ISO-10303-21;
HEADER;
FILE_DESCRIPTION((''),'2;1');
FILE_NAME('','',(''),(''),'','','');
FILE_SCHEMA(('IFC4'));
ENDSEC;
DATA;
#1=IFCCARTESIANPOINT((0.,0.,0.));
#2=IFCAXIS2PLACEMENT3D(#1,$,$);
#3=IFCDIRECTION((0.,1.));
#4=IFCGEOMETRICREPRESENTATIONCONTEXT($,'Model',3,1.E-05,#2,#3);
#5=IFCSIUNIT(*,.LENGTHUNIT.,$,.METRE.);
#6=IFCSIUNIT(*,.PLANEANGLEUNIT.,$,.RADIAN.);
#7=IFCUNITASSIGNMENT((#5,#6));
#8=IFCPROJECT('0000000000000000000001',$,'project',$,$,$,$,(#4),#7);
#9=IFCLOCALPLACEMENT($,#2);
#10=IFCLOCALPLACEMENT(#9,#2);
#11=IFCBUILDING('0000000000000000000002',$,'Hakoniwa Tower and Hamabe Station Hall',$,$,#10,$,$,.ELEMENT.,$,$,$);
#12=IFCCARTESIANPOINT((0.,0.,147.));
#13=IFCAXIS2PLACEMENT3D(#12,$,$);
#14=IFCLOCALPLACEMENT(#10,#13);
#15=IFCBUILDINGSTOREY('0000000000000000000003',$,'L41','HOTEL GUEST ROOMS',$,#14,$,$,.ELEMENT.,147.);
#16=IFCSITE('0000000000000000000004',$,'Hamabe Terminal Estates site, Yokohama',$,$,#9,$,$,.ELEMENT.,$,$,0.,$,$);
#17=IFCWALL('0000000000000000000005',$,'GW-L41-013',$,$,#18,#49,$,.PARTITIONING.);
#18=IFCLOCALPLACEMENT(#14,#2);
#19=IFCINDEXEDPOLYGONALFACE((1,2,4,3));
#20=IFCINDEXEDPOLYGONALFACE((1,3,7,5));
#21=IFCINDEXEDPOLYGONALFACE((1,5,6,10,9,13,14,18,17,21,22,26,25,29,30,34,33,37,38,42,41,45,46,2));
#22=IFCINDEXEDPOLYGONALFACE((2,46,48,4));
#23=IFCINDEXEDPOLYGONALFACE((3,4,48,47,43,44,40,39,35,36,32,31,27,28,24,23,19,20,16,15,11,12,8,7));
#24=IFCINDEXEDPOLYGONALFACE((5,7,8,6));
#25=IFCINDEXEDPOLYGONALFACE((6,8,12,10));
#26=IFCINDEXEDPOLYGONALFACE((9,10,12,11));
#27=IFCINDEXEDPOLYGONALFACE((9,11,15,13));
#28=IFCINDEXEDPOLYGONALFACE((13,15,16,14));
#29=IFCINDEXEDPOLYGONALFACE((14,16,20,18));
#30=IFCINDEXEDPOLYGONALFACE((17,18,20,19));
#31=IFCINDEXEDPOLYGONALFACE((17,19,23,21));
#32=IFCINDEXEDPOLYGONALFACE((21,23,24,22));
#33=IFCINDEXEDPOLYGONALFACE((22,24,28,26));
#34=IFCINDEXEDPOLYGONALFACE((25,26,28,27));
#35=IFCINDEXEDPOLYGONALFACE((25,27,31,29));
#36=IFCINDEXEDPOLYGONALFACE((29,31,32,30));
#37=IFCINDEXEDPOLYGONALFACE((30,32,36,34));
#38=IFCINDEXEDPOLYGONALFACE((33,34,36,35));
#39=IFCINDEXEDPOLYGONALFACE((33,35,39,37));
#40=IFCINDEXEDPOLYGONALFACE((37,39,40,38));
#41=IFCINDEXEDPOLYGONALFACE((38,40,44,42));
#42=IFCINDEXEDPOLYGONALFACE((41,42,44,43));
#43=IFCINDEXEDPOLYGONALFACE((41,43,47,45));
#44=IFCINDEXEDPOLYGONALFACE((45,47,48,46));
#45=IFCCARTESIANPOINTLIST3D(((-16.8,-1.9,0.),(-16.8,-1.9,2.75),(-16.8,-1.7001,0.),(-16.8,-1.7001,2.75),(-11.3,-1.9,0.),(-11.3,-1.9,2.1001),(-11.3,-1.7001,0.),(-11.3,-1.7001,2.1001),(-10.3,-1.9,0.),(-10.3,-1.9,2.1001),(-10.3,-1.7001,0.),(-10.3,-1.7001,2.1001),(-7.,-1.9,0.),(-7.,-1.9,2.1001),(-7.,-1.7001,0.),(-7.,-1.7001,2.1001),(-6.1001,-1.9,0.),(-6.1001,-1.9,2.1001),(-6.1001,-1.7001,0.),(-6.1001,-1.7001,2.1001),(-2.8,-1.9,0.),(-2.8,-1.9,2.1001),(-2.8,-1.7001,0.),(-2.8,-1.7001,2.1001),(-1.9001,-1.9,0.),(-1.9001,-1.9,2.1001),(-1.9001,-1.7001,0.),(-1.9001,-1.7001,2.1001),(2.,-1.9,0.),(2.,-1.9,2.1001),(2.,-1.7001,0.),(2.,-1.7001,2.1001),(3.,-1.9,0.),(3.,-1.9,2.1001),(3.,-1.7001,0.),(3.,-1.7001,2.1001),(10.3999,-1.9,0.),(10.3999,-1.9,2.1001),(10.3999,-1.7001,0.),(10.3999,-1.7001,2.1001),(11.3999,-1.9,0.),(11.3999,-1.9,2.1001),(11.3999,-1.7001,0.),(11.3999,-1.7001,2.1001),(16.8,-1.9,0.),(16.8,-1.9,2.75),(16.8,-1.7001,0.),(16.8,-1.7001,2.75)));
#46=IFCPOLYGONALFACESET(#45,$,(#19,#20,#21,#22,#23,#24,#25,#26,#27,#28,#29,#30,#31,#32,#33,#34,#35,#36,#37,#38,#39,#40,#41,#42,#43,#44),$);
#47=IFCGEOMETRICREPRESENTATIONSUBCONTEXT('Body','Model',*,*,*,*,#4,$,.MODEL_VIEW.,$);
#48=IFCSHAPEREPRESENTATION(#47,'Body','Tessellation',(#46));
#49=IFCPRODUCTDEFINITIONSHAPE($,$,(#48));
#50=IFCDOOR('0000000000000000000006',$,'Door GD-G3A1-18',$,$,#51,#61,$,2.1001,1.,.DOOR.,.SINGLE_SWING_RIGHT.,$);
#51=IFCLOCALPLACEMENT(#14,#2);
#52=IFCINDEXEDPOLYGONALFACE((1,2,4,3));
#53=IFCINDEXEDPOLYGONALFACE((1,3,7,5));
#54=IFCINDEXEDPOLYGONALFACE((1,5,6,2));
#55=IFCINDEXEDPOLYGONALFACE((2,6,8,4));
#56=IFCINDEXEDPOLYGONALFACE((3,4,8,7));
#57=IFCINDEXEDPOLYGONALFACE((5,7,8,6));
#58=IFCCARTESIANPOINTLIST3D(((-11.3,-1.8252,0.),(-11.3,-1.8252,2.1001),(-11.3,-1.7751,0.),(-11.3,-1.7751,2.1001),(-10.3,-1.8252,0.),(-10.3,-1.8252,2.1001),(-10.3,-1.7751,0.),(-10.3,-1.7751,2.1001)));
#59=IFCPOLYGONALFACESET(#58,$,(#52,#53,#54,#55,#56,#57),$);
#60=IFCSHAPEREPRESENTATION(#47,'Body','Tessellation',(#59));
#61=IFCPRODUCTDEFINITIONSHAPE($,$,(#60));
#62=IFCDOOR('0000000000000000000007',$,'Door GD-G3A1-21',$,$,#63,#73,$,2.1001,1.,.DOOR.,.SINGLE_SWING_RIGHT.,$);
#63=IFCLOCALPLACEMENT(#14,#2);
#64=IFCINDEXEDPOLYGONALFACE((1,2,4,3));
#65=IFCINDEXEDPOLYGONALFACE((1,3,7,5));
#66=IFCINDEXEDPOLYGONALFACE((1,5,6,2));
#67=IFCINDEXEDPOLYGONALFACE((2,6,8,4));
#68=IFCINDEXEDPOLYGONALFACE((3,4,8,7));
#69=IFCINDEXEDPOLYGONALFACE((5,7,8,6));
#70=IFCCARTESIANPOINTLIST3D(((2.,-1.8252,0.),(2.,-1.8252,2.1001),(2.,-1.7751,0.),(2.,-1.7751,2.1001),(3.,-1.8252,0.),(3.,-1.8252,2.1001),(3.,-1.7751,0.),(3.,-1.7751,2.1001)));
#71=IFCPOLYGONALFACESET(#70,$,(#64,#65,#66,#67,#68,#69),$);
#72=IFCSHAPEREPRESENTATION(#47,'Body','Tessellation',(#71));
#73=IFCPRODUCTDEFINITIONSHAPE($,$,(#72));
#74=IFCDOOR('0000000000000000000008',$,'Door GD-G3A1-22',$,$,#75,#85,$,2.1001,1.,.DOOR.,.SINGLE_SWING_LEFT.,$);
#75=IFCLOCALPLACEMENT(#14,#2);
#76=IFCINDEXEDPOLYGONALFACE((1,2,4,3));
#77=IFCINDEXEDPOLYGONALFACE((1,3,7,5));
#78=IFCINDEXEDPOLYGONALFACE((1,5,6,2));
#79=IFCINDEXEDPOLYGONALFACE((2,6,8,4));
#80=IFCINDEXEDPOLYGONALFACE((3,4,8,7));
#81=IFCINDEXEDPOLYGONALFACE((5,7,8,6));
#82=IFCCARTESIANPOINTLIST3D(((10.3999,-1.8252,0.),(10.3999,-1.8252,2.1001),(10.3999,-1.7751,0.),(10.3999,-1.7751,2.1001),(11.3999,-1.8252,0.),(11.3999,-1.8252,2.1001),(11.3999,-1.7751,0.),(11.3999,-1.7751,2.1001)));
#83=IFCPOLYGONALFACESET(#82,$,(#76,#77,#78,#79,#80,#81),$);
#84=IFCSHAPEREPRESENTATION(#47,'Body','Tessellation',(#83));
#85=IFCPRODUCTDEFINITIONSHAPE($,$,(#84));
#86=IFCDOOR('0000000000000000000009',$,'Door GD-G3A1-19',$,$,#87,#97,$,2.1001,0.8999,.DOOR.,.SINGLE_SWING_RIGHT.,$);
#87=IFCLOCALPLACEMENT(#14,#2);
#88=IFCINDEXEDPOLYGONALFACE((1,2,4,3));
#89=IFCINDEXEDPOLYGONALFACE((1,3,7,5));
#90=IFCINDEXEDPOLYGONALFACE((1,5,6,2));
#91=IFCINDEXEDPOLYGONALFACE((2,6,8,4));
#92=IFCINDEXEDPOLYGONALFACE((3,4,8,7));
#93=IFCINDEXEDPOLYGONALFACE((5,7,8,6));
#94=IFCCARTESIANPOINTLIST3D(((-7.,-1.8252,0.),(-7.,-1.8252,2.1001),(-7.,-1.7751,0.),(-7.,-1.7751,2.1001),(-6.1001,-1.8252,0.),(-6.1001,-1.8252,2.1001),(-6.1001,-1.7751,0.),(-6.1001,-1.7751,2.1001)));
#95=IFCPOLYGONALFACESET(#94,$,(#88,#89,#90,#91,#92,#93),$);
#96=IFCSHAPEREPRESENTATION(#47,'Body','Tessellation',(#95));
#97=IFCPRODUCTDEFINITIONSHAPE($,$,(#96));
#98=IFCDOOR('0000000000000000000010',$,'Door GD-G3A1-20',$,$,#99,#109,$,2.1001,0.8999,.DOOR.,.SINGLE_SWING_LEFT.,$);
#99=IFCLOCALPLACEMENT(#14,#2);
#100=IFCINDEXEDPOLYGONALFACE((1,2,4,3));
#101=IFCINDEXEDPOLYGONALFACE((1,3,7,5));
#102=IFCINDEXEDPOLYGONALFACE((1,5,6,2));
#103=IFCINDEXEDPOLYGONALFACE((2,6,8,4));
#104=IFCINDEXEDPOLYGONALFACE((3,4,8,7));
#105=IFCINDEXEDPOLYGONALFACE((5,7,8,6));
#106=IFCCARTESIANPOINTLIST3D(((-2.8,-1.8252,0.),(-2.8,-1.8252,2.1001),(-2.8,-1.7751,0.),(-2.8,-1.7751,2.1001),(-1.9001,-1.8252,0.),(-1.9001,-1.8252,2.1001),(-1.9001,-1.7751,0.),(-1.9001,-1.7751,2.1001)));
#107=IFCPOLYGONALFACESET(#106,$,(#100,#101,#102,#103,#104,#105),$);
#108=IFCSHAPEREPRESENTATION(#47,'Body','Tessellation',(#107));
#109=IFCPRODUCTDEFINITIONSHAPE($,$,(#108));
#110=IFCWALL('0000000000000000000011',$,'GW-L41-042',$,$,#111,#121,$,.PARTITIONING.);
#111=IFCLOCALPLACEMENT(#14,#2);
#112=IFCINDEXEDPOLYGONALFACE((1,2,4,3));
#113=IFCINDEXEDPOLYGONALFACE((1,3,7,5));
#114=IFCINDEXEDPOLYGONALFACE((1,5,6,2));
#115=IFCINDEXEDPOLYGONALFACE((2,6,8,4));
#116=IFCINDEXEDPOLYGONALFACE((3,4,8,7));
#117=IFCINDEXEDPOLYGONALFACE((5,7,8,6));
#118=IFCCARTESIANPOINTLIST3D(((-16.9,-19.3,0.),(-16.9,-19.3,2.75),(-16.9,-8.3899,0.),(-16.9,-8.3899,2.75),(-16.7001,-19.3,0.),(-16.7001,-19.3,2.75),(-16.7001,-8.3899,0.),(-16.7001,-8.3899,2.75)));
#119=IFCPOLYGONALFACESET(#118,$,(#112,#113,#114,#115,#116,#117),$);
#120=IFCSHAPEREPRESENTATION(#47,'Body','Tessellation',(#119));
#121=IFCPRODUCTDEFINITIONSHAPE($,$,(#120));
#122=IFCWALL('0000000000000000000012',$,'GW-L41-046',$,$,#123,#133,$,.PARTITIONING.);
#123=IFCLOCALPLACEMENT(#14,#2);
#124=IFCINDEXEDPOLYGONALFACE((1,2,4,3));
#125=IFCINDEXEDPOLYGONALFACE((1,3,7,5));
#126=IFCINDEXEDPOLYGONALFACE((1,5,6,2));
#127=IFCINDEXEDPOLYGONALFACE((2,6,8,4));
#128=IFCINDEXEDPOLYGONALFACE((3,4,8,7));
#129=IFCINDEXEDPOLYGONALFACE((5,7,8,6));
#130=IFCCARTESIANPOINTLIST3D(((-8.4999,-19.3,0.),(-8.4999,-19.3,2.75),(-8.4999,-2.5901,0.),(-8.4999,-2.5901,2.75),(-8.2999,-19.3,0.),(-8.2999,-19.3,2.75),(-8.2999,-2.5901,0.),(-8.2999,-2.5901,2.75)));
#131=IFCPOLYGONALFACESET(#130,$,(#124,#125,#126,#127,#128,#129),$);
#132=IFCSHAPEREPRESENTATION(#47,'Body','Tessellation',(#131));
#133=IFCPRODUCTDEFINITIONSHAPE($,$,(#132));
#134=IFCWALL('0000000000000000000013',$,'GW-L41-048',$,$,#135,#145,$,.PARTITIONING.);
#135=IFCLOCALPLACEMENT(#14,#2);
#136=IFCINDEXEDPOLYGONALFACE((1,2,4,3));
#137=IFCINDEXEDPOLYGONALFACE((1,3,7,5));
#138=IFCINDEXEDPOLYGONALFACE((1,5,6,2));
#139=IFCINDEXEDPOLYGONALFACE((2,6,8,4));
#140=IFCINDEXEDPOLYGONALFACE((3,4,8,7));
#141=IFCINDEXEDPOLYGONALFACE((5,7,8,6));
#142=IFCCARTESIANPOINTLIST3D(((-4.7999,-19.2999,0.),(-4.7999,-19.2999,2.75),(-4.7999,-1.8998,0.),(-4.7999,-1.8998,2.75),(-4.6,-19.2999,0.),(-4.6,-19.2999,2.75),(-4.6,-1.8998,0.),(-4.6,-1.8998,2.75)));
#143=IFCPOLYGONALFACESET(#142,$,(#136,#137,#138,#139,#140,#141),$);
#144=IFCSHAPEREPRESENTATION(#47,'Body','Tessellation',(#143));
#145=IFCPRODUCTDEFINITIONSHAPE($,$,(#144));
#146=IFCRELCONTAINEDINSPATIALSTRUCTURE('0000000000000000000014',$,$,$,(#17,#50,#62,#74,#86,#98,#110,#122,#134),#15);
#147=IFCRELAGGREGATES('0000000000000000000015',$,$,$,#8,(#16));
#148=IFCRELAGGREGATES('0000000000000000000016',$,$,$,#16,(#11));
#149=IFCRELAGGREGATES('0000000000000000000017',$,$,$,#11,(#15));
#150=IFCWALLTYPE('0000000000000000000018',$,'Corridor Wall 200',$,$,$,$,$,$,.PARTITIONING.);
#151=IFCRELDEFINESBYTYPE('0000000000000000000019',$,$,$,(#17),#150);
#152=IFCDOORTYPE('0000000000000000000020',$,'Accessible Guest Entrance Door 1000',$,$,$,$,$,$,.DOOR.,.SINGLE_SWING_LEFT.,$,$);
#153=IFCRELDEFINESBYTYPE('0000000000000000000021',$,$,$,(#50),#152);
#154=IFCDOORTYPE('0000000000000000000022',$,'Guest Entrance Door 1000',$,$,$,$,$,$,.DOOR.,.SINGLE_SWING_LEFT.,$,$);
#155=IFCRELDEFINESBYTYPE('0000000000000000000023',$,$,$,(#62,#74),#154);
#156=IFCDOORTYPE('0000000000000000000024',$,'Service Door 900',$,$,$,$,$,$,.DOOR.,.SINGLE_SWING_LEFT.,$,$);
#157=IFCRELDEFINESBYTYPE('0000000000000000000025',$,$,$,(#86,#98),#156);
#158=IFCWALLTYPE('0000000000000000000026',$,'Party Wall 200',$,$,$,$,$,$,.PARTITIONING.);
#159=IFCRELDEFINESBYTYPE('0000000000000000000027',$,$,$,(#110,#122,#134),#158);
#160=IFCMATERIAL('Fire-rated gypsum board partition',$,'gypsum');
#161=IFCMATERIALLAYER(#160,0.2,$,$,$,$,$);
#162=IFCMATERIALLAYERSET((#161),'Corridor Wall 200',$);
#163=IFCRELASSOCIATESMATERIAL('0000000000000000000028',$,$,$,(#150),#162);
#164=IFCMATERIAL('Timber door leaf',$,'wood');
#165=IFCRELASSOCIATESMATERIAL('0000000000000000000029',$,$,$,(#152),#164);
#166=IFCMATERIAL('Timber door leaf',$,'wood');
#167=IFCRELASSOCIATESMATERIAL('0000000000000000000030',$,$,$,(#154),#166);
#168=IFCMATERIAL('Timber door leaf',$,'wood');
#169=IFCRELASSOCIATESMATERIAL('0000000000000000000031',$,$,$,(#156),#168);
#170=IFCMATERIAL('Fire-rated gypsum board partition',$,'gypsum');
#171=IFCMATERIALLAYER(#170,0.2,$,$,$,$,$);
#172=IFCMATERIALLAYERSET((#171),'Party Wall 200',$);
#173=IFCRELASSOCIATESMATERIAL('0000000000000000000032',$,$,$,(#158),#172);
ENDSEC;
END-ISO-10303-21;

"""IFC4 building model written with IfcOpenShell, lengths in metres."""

from ifc_helpers import new_model, si_unit, direction, frame, frame_2d, origin, place, context, subcontext, project, spatial, rectangle, extrude, material, layer, layer_set, type_object, element, fill, save


model = new_model("IFC4")

# Units and contexts
model_context = context("Model", 3, precision=1e-05, world=origin(), true_north=direction((0.0, 1.0)))
body_context = subcontext(model_context, "Body", "Model", "MODEL_VIEW")
ifc_project = project(units=[si_unit("LENGTHUNIT", "METRE"), si_unit("PLANEANGLEUNIT", "RADIAN")], contexts=[model_context])

# Site, building, storey
site_placement = place(None, origin())
site = spatial("IfcSite", under=ifc_project, at=site_placement, Name="Hamabe Terminal Estates site, Yokohama", CompositionType="ELEMENT", RefElevation=0.0)
building_placement = place(site_placement, origin())
building = spatial("IfcBuilding", under=site, at=building_placement, Name="Hakoniwa Tower and Hamabe Station Hall", CompositionType="ELEMENT")
storey_placement = place(building_placement, frame((0.0, 0.0, 147.0)))
storey = spatial("IfcBuildingStorey", under=building, at=storey_placement, Name="L41", Description="HOTEL GUEST ROOMS", CompositionType="ELEMENT", Elevation=147.0)

# Wall, openings, doors
ifc_material_1 = material(Name="Fire-rated gypsum board partition", Category="gypsum")
ifc_layer_1 = layer(ifc_material_1, 0.2)
ifc_layer_set_1 = layer_set([ifc_layer_1], Name="Corridor Wall 200")
wall_type_1 = type_object("IfcWallType", Name="Corridor Wall 200", PredefinedType="PARTITIONING", material=ifc_layer_set_1)
wall_1_placement = place(storey_placement, frame((-16.8, -1.8, 0.0), z_axis=(0.0, 0.0, 1.0), x_axis=(1.0, 0.0, 0.0)))
wall_1 = element("IfcWall", 1, at=wall_1_placement, inside=storey, type_object=wall_type_1, Name="GW-L41-013", PredefinedType="PARTITIONING", context=body_context, shape_type="SweptSolid", body=[
    extrude(rectangle(XDim=33.6001, YDim=0.2, at=frame_2d((16.8, 0.0))), origin(), (0.0, 0.0, 1.0), 2.75),
])
opening_1_placement = place(wall_1_placement, frame((5.5, 0.0, 0.0)))
opening_1 = element("IfcOpeningElement", 2, at=opening_1_placement, cuts=wall_1, PredefinedType="OPENING", context=body_context, shape_type="SweptSolid", body=[
    extrude(rectangle(XDim=1.0, YDim=2.1001, at=frame_2d((0.5, 1.05))), frame((0.0, 0.1099, 0.0), z_axis=(0.0, -1.0, 0.0), x_axis=(1.0, 0.0, 0.0)), (0.0, 0.0, 1.0), 0.22),
])
opening_2_placement = place(wall_1_placement, frame((9.8, 0.0, 0.0)))
opening_2 = element("IfcOpeningElement", 3, at=opening_2_placement, cuts=wall_1, PredefinedType="OPENING", context=body_context, shape_type="SweptSolid", body=[
    extrude(rectangle(XDim=0.8999, YDim=2.1001, at=frame_2d((0.45, 1.05))), frame((0.0, 0.1099, 0.0), z_axis=(0.0, -1.0, 0.0), x_axis=(1.0, 0.0, 0.0)), (0.0, 0.0, 1.0), 0.22),
])
opening_3_placement = place(wall_1_placement, frame((14.0, 0.0, 0.0)))
opening_3 = element("IfcOpeningElement", 4, at=opening_3_placement, cuts=wall_1, PredefinedType="OPENING", context=body_context, shape_type="SweptSolid", body=[
    extrude(rectangle(XDim=0.8999, YDim=2.1001, at=frame_2d((0.45, 1.05))), frame((0.0, 0.1099, 0.0), z_axis=(0.0, -1.0, 0.0), x_axis=(1.0, 0.0, 0.0)), (0.0, 0.0, 1.0), 0.22),
])
opening_4_placement = place(wall_1_placement, frame((18.8, 0.0, 0.0)))
opening_4 = element("IfcOpeningElement", 5, at=opening_4_placement, cuts=wall_1, PredefinedType="OPENING", context=body_context, shape_type="SweptSolid", body=[
    extrude(rectangle(XDim=1.0, YDim=2.1001, at=frame_2d((0.5, 1.05))), frame((0.0, 0.1099, 0.0), z_axis=(0.0, -1.0, 0.0), x_axis=(1.0, 0.0, 0.0)), (0.0, 0.0, 1.0), 0.22),
])
opening_5_placement = place(wall_1_placement, frame((27.2, 0.0, 0.0)))
opening_5 = element("IfcOpeningElement", 6, at=opening_5_placement, cuts=wall_1, PredefinedType="OPENING", context=body_context, shape_type="SweptSolid", body=[
    extrude(rectangle(XDim=1.0, YDim=2.1001, at=frame_2d((0.5, 1.05))), frame((0.0, 0.1099, 0.0), z_axis=(0.0, -1.0, 0.0), x_axis=(1.0, 0.0, 0.0)), (0.0, 0.0, 1.0), 0.22),
])
ifc_material_2 = material(Name="Timber door leaf", Category="wood")
door_type_1 = type_object("IfcDoorType", Name="Accessible Guest Entrance Door 1000", OperationType="SINGLE_SWING_LEFT", PredefinedType="DOOR", material=ifc_material_2)
door_1_placement = place(opening_1_placement, origin())
door_1 = element("IfcDoor", 7, at=door_1_placement, inside=storey, type_object=door_type_1, Name="Door GD-G3A1-18", OperationType="SINGLE_SWING_RIGHT", OverallHeight=2.1001, OverallWidth=1.0, PredefinedType="DOOR", context=body_context, shape_type="SweptSolid", body=[
    extrude(rectangle(XDim=1.0, YDim=2.1001, at=frame_2d((0.5, 1.05))), frame((0.0, 0.0249, 0.0), z_axis=(0.0, -1.0, 0.0), x_axis=(1.0, 0.0, 0.0)), (0.0, 0.0, 1.0), 0.05),
])
fill(opening_1, door_1)
ifc_material_3 = material(Name="Timber door leaf", Category="wood")
door_type_2 = type_object("IfcDoorType", Name="Guest Entrance Door 1000", OperationType="SINGLE_SWING_LEFT", PredefinedType="DOOR", material=ifc_material_3)
door_2_placement = place(opening_4_placement, origin())
door_2 = element("IfcDoor", 8, at=door_2_placement, inside=storey, type_object=door_type_2, Name="Door GD-G3A1-21", OperationType="SINGLE_SWING_RIGHT", OverallHeight=2.1001, OverallWidth=1.0, PredefinedType="DOOR", context=body_context, shape_type="SweptSolid", body=[
    extrude(rectangle(XDim=1.0, YDim=2.1001, at=frame_2d((0.5, 1.05))), frame((0.0, 0.0249, 0.0), z_axis=(0.0, -1.0, 0.0), x_axis=(1.0, 0.0, 0.0)), (0.0, 0.0, 1.0), 0.05),
])
fill(opening_4, door_2)
door_3_placement = place(opening_5_placement, origin())
door_3 = element("IfcDoor", 9, at=door_3_placement, inside=storey, type_object=door_type_2, Name="Door GD-G3A1-22", OperationType="SINGLE_SWING_LEFT", OverallHeight=2.1001, OverallWidth=1.0, PredefinedType="DOOR", context=body_context, shape_type="SweptSolid", body=[
    extrude(rectangle(XDim=1.0, YDim=2.1001, at=frame_2d((0.5, 1.05))), frame((0.0, 0.0249, 0.0), z_axis=(0.0, -1.0, 0.0), x_axis=(1.0, 0.0, 0.0)), (0.0, 0.0, 1.0), 0.05),
])
fill(opening_5, door_3)
ifc_material_4 = material(Name="Timber door leaf", Category="wood")
door_type_3 = type_object("IfcDoorType", Name="Service Door 900", OperationType="SINGLE_SWING_LEFT", PredefinedType="DOOR", material=ifc_material_4)
door_4_placement = place(opening_2_placement, origin())
door_4 = element("IfcDoor", 10, at=door_4_placement, inside=storey, type_object=door_type_3, Name="Door GD-G3A1-19", OperationType="SINGLE_SWING_RIGHT", OverallHeight=2.1001, OverallWidth=0.8999, PredefinedType="DOOR", context=body_context, shape_type="SweptSolid", body=[
    extrude(rectangle(XDim=0.8999, YDim=2.1001, at=frame_2d((0.45, 1.05))), frame((0.0, 0.0249, 0.0), z_axis=(0.0, -1.0, 0.0), x_axis=(1.0, 0.0, 0.0)), (0.0, 0.0, 1.0), 0.05),
])
fill(opening_2, door_4)
door_5_placement = place(opening_3_placement, origin())
door_5 = element("IfcDoor", 11, at=door_5_placement, inside=storey, type_object=door_type_3, Name="Door GD-G3A1-20", OperationType="SINGLE_SWING_LEFT", OverallHeight=2.1001, OverallWidth=0.8999, PredefinedType="DOOR", context=body_context, shape_type="SweptSolid", body=[
    extrude(rectangle(XDim=0.8999, YDim=2.1001, at=frame_2d((0.45, 1.05))), frame((0.0, 0.0249, 0.0), z_axis=(0.0, -1.0, 0.0), x_axis=(1.0, 0.0, 0.0)), (0.0, 0.0, 1.0), 0.05),
])
fill(opening_3, door_5)

# Walls
ifc_material_5 = material(Name="Fire-rated gypsum board partition", Category="gypsum")
ifc_layer_2 = layer(ifc_material_5, 0.2)
ifc_layer_set_2 = layer_set([ifc_layer_2], Name="Party Wall 200")
wall_type_2 = type_object("IfcWallType", Name="Party Wall 200", PredefinedType="PARTITIONING", material=ifc_layer_set_2)
wall_2_placement = place(storey_placement, frame((-16.8, -19.3, 0.0), z_axis=(0.0, 0.0, 1.0), x_axis=(0.0, 1.0, 0.0)))
element("IfcWall", 12, at=wall_2_placement, inside=storey, type_object=wall_type_2, Name="GW-L41-042", PredefinedType="PARTITIONING", context=body_context, shape_type="SweptSolid", body=[
    extrude(rectangle(XDim=10.9102, YDim=0.2, at=frame_2d((5.4551, 0.0))), origin(), (0.0, 0.0, 1.0), 2.75),
])
wall_3_placement = place(storey_placement, frame((-8.3999, -19.3, 0.0), z_axis=(0.0, 0.0, 1.0), x_axis=(0.0, 1.0, 0.0)))
element("IfcWall", 13, at=wall_3_placement, inside=storey, type_object=wall_type_2, Name="GW-L41-046", PredefinedType="PARTITIONING", context=body_context, shape_type="SweptSolid", body=[
    extrude(rectangle(XDim=16.71, YDim=0.2, at=frame_2d((8.355, 0.0))), origin(), (0.0, 0.0, 1.0), 2.75),
])
wall_4_placement = place(storey_placement, frame((-4.7, -19.3, 0.0), z_axis=(0.0, 0.0, 1.0), x_axis=(0.0, 1.0, 0.0)))
element("IfcWall", 14, at=wall_4_placement, inside=storey, type_object=wall_type_2, Name="GW-L41-048", PredefinedType="PARTITIONING", context=body_context, shape_type="SweptSolid", body=[
    extrude(rectangle(XDim=17.4001, YDim=0.2, at=frame_2d((8.7002, 0.0))), origin(), (0.0, 0.0, 1.0), 2.75),
])

save(model, "model.ifc")
